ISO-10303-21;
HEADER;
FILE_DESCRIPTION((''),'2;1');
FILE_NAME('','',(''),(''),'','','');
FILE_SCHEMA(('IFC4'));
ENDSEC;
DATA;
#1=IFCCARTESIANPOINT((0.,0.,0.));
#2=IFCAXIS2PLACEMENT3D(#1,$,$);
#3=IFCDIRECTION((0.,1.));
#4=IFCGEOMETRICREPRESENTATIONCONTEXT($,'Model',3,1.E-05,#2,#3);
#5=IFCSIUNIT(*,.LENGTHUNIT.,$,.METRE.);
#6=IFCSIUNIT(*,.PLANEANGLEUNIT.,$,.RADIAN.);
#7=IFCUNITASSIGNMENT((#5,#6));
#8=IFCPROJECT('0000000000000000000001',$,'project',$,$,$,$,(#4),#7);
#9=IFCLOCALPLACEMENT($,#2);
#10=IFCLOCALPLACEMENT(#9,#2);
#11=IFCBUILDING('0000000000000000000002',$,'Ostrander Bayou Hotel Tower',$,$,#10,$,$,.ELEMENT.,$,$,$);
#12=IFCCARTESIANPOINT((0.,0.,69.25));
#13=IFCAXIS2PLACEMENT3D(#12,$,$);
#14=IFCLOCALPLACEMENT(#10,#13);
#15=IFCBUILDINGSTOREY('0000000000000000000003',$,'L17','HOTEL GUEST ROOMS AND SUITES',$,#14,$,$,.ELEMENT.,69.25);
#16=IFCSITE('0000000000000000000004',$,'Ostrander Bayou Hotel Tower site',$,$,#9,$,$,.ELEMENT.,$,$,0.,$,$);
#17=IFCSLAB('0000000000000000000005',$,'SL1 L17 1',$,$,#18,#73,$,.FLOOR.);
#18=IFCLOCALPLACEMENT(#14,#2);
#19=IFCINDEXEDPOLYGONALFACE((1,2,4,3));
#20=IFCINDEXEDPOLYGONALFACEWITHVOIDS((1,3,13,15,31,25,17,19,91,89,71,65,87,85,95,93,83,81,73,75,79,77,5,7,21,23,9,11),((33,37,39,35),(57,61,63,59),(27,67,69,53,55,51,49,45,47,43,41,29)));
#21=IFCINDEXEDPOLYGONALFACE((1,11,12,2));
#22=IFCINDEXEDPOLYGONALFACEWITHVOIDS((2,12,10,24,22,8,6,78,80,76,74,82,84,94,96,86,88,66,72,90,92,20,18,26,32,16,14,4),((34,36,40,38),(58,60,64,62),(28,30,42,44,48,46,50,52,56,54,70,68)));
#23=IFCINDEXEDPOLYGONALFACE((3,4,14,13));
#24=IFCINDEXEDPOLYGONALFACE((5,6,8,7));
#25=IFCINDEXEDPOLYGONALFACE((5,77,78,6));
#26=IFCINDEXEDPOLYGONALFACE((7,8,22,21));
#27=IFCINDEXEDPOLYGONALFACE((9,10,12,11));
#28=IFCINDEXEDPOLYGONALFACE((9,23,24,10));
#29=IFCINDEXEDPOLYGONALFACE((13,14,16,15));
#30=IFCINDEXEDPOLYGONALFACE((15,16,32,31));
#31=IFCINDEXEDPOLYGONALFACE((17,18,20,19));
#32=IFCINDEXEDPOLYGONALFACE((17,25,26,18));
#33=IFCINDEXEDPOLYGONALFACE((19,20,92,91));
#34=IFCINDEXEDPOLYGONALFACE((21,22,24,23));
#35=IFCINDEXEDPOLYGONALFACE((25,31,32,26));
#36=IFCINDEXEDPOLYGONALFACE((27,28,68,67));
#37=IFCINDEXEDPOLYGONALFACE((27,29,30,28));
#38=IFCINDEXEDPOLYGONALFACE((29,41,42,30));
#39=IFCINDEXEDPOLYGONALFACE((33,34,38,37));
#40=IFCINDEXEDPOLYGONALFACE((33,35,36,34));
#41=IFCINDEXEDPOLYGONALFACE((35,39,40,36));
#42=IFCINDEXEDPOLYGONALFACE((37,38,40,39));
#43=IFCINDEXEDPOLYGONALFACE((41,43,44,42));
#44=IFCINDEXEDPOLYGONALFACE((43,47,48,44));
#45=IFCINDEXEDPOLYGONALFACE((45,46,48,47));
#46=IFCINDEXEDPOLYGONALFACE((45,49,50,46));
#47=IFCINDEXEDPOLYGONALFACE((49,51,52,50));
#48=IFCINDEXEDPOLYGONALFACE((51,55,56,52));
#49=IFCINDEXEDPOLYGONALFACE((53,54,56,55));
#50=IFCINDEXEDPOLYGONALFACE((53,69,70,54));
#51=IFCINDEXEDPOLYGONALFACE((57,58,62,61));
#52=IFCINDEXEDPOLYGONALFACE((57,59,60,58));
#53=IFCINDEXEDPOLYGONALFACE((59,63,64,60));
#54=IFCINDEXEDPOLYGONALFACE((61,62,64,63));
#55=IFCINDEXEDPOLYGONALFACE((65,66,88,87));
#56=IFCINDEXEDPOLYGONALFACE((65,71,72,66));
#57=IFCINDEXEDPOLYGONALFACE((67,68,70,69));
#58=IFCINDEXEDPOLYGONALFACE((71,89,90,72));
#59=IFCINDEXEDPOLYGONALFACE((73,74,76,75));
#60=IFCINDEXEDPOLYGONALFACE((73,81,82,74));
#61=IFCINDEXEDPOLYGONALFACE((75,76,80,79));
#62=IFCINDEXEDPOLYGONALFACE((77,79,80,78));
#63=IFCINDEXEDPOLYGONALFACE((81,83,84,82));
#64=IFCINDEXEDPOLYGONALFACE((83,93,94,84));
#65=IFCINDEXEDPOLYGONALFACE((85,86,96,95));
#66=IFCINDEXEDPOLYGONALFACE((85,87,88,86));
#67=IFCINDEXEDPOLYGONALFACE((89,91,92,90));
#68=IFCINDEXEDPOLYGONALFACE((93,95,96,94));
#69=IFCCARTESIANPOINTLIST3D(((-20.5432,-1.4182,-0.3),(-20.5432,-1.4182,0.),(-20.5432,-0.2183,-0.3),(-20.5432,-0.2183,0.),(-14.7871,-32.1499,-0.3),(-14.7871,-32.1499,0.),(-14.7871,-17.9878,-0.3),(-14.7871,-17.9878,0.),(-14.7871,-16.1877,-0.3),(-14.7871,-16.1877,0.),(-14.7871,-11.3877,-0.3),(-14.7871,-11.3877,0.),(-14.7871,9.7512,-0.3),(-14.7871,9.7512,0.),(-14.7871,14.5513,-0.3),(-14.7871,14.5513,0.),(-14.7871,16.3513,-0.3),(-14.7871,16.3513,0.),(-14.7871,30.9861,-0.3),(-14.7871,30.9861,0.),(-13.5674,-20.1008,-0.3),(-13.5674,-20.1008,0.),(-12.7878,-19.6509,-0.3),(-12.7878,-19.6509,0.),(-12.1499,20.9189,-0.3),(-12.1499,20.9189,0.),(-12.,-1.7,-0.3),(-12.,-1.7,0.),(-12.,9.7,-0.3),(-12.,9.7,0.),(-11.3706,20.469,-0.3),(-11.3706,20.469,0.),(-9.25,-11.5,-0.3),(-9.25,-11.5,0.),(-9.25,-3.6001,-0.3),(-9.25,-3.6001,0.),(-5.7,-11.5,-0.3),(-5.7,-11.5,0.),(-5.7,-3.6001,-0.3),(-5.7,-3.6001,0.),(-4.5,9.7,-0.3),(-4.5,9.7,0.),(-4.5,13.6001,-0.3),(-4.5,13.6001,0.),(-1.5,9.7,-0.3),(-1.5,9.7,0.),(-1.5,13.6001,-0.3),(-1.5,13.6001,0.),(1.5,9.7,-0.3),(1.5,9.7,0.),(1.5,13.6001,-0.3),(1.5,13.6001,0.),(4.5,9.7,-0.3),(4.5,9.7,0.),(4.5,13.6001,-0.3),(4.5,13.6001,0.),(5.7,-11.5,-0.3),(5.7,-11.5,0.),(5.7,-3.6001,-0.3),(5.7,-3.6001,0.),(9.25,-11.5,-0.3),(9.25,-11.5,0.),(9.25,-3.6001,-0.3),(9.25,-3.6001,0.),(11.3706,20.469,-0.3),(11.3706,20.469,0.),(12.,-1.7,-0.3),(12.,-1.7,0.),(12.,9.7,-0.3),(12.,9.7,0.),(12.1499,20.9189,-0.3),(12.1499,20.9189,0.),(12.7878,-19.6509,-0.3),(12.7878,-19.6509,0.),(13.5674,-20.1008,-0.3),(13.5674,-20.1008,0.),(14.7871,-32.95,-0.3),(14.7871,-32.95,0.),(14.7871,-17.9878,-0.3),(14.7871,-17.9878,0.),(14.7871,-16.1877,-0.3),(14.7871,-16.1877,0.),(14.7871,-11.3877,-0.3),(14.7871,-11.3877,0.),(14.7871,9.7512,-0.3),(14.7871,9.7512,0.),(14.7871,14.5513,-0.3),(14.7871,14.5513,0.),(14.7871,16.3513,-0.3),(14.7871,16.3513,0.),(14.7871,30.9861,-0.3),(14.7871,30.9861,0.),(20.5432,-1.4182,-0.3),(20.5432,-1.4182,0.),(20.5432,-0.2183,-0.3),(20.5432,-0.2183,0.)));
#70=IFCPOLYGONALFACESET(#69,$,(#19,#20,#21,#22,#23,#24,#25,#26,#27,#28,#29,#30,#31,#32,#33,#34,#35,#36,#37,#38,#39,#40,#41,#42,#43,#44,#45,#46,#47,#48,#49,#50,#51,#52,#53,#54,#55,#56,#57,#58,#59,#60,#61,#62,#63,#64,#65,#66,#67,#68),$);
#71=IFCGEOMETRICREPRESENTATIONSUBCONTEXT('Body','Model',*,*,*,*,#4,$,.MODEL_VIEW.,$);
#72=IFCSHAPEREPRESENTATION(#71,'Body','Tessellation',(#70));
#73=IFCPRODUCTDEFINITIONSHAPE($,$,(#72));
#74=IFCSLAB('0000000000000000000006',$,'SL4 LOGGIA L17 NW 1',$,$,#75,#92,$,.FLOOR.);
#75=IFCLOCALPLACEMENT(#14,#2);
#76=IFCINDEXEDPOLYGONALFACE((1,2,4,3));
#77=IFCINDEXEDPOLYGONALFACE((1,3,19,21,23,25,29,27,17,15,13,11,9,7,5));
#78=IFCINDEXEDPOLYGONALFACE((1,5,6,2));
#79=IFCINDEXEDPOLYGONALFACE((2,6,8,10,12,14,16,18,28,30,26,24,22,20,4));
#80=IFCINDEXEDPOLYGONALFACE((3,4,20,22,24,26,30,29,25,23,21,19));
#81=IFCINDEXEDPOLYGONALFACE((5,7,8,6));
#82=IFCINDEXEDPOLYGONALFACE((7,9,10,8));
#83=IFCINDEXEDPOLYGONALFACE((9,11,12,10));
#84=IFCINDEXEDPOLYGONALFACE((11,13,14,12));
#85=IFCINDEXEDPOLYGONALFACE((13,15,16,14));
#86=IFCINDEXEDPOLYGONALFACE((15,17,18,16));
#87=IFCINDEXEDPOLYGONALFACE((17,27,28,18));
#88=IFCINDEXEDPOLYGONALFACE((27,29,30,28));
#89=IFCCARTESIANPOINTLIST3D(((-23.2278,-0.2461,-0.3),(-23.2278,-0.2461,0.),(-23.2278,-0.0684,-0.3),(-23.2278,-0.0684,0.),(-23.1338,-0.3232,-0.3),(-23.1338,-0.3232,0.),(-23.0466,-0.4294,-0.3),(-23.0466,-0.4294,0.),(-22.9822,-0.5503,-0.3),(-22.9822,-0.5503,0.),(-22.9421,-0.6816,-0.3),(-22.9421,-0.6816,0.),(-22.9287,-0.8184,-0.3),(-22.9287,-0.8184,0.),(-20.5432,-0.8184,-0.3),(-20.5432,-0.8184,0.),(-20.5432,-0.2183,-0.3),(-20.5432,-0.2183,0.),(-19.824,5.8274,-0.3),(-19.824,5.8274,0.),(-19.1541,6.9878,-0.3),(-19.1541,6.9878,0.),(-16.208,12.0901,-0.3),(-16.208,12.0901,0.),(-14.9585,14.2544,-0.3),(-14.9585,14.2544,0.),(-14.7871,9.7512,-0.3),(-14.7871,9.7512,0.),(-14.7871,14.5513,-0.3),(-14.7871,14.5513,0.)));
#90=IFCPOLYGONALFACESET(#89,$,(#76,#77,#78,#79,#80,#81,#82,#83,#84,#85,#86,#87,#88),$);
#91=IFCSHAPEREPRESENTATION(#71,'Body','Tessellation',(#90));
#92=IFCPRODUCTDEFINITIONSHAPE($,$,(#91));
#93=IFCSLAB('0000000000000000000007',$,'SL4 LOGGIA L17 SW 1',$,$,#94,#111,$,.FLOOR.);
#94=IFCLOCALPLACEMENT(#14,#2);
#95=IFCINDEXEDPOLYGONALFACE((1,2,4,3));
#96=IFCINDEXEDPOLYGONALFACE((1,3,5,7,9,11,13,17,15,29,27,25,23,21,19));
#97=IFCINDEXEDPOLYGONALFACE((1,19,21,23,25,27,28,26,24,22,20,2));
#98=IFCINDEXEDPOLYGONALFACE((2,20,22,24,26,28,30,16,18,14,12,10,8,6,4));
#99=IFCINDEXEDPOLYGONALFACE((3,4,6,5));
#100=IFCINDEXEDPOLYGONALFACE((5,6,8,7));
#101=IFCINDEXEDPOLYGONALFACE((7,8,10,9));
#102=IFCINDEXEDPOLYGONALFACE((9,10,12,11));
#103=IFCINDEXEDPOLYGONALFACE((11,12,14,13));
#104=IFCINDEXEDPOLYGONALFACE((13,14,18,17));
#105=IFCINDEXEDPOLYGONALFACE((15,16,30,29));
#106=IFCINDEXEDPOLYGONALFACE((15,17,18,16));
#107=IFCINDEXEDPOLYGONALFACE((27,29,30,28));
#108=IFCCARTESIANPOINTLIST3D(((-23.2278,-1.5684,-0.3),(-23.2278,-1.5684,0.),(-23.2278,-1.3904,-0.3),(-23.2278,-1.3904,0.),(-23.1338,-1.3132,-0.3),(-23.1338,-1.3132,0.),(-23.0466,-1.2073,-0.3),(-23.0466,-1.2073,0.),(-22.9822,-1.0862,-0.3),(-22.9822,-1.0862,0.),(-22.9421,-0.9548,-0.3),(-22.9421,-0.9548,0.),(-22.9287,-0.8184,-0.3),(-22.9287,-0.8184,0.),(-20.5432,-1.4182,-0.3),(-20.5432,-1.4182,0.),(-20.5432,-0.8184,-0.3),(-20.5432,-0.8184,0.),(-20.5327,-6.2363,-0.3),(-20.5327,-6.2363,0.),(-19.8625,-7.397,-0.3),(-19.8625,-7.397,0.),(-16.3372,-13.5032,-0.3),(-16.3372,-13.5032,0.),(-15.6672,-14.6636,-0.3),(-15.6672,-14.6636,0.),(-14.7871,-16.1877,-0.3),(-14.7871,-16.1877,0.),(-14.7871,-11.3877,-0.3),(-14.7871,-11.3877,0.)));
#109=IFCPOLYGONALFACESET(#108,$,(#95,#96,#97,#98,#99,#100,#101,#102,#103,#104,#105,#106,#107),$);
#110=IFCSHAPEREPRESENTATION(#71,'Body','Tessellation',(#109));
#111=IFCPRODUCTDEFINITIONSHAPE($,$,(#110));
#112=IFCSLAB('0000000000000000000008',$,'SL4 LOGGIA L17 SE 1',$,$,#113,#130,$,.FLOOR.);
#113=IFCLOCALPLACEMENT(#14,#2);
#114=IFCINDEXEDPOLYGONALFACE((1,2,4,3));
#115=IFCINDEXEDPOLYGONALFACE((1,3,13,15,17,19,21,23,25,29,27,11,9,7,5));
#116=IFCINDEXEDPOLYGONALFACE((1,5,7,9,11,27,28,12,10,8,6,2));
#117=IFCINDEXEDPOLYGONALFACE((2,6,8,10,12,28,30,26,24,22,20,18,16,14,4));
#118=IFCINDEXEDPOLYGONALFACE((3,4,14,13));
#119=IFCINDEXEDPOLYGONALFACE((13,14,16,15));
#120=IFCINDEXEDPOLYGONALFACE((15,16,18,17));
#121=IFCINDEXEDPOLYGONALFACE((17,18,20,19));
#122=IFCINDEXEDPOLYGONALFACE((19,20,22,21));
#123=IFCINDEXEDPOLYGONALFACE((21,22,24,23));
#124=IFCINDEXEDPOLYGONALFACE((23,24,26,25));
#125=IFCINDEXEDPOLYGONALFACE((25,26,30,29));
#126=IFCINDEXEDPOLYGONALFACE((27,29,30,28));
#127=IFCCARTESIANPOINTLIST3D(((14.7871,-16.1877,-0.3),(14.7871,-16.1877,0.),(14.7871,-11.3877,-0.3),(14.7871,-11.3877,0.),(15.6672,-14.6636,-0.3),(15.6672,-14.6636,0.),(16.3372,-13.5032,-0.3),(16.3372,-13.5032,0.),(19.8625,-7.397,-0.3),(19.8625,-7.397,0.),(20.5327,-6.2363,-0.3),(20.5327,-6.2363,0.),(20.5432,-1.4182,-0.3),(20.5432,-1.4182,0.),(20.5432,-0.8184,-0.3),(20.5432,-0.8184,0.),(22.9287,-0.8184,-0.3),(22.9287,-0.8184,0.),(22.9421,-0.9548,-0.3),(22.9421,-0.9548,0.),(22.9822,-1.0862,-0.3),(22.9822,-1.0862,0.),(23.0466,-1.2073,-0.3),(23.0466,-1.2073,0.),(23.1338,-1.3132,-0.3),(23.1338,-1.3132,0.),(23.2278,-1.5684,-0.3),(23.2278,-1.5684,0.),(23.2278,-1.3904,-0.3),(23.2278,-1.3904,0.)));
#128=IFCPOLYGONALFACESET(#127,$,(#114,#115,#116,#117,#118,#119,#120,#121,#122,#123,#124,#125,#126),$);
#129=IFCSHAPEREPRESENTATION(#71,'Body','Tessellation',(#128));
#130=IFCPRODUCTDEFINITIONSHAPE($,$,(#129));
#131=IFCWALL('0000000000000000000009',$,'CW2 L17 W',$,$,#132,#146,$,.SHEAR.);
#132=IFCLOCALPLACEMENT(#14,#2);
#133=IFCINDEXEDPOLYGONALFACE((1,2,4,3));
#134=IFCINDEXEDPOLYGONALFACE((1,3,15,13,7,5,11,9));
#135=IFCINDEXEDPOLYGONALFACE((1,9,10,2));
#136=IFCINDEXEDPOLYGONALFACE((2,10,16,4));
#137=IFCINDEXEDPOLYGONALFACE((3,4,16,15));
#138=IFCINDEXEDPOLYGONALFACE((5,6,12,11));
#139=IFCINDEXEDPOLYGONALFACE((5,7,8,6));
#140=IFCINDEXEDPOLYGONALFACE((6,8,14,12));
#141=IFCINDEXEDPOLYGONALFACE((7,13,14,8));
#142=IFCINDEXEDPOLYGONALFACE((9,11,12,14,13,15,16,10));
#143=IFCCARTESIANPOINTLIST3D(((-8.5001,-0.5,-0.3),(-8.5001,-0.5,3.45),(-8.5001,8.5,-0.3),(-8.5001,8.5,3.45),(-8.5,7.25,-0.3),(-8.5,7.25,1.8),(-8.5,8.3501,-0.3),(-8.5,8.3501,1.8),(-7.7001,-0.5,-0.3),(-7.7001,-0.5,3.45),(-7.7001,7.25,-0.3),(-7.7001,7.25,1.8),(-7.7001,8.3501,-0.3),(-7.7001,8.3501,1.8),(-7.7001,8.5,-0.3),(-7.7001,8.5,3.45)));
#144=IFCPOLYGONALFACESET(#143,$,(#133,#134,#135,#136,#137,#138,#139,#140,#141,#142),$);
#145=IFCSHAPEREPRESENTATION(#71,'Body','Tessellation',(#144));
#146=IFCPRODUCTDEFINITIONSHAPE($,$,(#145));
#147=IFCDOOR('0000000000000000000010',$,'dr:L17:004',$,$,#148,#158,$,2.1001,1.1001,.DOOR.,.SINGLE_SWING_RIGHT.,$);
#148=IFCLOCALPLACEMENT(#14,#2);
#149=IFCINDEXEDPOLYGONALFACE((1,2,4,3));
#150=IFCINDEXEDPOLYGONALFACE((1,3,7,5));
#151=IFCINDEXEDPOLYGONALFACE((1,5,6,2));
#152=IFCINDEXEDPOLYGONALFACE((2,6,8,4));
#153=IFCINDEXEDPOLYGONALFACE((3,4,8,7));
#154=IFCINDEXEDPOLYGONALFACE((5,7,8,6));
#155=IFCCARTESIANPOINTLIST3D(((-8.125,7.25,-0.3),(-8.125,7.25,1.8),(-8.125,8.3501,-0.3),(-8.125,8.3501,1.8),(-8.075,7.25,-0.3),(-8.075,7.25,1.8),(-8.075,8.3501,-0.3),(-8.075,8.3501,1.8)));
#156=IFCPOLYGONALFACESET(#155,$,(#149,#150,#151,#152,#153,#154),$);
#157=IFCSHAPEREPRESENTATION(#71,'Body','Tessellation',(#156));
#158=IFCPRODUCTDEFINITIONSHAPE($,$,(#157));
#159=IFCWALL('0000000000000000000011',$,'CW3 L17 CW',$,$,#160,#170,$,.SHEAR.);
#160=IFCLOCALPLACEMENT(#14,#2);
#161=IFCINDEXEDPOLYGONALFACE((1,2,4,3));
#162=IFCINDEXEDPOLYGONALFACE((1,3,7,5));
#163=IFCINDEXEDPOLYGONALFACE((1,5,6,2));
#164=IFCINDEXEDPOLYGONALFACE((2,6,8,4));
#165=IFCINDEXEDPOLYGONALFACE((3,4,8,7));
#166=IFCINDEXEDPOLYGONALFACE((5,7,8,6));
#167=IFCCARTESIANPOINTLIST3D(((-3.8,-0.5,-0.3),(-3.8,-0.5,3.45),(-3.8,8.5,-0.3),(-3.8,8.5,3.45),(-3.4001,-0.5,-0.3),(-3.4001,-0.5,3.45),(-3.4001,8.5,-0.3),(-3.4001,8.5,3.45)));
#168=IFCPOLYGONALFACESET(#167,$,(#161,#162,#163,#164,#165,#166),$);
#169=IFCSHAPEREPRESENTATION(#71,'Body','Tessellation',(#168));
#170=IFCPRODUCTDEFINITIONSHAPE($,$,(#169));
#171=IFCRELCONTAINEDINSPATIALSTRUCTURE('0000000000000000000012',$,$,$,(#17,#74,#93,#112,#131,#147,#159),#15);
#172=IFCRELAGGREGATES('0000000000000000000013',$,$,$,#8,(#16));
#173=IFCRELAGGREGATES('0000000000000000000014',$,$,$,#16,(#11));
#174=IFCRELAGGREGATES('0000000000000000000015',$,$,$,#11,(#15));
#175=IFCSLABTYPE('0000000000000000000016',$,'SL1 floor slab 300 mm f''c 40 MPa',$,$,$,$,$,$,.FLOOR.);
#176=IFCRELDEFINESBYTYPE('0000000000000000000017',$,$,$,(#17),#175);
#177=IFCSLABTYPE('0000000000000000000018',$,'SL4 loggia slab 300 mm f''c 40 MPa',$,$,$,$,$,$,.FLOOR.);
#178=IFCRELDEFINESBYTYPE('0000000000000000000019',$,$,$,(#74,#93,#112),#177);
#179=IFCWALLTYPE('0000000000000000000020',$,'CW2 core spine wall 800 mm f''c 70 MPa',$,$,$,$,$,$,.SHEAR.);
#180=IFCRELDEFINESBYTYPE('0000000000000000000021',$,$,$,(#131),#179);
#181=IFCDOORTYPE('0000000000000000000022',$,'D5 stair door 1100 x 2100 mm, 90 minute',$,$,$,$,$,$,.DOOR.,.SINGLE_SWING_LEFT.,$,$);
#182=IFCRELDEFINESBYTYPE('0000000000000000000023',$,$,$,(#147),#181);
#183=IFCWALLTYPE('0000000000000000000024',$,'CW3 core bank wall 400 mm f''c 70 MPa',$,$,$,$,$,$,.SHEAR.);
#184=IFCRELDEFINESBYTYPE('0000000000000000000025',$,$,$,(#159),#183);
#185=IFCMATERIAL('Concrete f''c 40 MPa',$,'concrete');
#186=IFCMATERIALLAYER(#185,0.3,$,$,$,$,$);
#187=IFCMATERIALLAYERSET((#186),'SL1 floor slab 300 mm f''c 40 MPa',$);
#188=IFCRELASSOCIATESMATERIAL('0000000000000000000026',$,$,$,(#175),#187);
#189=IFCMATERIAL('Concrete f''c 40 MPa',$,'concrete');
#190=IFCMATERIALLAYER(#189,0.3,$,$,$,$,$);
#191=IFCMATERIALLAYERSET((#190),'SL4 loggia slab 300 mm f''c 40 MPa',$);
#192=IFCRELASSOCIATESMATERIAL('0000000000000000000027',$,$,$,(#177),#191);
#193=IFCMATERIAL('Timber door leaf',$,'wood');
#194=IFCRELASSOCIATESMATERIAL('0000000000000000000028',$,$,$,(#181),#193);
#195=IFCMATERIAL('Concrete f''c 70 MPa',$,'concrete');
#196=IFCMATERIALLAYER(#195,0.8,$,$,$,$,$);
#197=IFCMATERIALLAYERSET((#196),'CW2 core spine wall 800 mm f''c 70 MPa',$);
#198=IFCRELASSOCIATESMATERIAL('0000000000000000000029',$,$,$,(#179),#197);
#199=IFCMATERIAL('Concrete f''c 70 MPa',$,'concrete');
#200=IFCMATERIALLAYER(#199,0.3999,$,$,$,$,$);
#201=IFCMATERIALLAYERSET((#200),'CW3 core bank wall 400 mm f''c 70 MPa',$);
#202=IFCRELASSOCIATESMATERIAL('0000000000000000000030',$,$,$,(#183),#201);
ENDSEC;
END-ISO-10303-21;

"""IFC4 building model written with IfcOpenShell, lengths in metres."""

from ifc_helpers import new_model, si_unit, direction, frame, frame_2d, origin, place, context, subcontext, project, spatial, polyline, rectangle, outline, extrude, material, layer, layer_set, type_object, element, fill, save


model = new_model("IFC4")

# Units and contexts
model_context = context("Model", 3, precision=1e-05, world=origin(), true_north=direction((0.0, 1.0)))
body_context = subcontext(model_context, "Body", "Model", "MODEL_VIEW")
ifc_project = project(units=[si_unit("LENGTHUNIT", "METRE"), si_unit("PLANEANGLEUNIT", "RADIAN")], contexts=[model_context])

# Site, building, storey
site_placement = place(None, origin())
site = spatial("IfcSite", under=ifc_project, at=site_placement, Name="Ostrander Bayou Hotel Tower site", CompositionType="ELEMENT", RefElevation=0.0)
building_placement = place(site_placement, origin())
building = spatial("IfcBuilding", under=site, at=building_placement, Name="Ostrander Bayou Hotel Tower", CompositionType="ELEMENT")
storey_placement = place(building_placement, frame((0.0, 0.0, 69.25)))
storey = spatial("IfcBuildingStorey", under=building, at=storey_placement, Name="L17", Description="HOTEL GUEST ROOMS AND SUITES", CompositionType="ELEMENT", Elevation=69.25)

# Slabs
ifc_material_1 = material(Name="Concrete f'c 40 MPa", Category="concrete")
ifc_layer_1 = layer(ifc_material_1, 0.3)
ifc_layer_set_1 = layer_set([ifc_layer_1], Name="SL1 floor slab 300 mm f'c 40 MPa")
slab_type_1 = type_object("IfcSlabType", Name="SL1 floor slab 300 mm f'c 40 MPa", PredefinedType="FLOOR", material=ifc_layer_set_1)
slab_1_placement = place(storey_placement, frame((0.0, 0.0, -0.3)))
element("IfcSlab", 1, at=slab_1_placement, inside=storey, type_object=slab_type_1, Name="SL1 L17 1", PredefinedType="FLOOR", context=body_context, shape_type="SweptSolid", body=[
    extrude(outline(polyline([(-13.5674, -20.1008), (-12.7878, -19.6509), (-14.7871, -16.1877), (-14.7871, -11.3877), (-20.5432, -1.4182), (-20.5432, -0.2183), (-14.7871, 9.7512), (-14.7871, 14.5513), (-11.3706, 20.469), (-12.1499, 20.9189), (-14.7871, 16.3513), (-14.7871, 30.9861), (14.7871, 30.9861), (14.7871, 16.3513), (12.1499, 20.9189), (11.3706, 20.469), (14.7871, 14.5513), (14.7871, 9.7512), (20.5432, -0.2183), (20.5432, -1.4182), (14.7871, -11.3877), (14.7871, -16.1877), (12.7878, -19.6509), (13.5674, -20.1008), (14.7871, -17.9878), (14.7871, -32.95), (-14.7871, -32.1499), (-14.7871, -17.9878), (-13.5674, -20.1008)]), holes=[polyline([(-12.0, -1.7), (12.0, -1.7), (12.0, 9.7), (4.5, 9.7), (4.5, 13.6001), (1.5, 13.6001), (1.5, 9.7), (-1.5, 9.7), (-1.5, 13.6001), (-4.5, 13.6001), (-4.5, 9.7), (-12.0, 9.7), (-12.0, -1.7)]), polyline([(9.25, -3.6001), (5.7, -3.6001), (5.7, -11.5), (9.25, -11.5), (9.25, -3.6001)]), polyline([(-5.7, -3.6001), (-9.25, -3.6001), (-9.25, -11.5), (-5.7, -11.5), (-5.7, -3.6001)])]), origin(), (0.0, 0.0, 1.0), 0.3),
])
ifc_material_2 = material(Name="Concrete f'c 40 MPa", Category="concrete")
ifc_layer_2 = layer(ifc_material_2, 0.3)
ifc_layer_set_2 = layer_set([ifc_layer_2], Name="SL4 loggia slab 300 mm f'c 40 MPa")
slab_type_2 = type_object("IfcSlabType", Name="SL4 loggia slab 300 mm f'c 40 MPa", PredefinedType="FLOOR", material=ifc_layer_set_2)
slab_2_placement = place(storey_placement, frame((0.0, 0.0, -0.3)))
element("IfcSlab", 2, at=slab_2_placement, inside=storey, type_object=slab_type_2, Name="SL4 LOGGIA L17 NW 1", PredefinedType="FLOOR", context=body_context, shape_type="SweptSolid", body=[
    extrude(outline(polyline([(-14.9585, 14.2544), (-14.7871, 14.5513), (-14.7871, 9.7512), (-20.5432, -0.2183), (-20.5432, -0.8184), (-22.9287, -0.8184), (-22.9421, -0.6816), (-22.9822, -0.5503), (-23.0466, -0.4294), (-23.1338, -0.3232), (-23.2278, -0.2461), (-23.2278, -0.0684), (-19.824, 5.8274), (-19.1541, 6.9878), (-16.208, 12.0901), (-14.9585, 14.2544)])), origin(), (0.0, 0.0, 1.0), 0.3),
])
slab_3_placement = place(storey_placement, frame((0.0, 0.0, -0.3)))
element("IfcSlab", 3, at=slab_3_placement, inside=storey, type_object=slab_type_2, Name="SL4 LOGGIA L17 SW 1", PredefinedType="FLOOR", context=body_context, shape_type="SweptSolid", body=[
    extrude(outline(polyline([(-14.7871, -16.1877), (-15.6672, -14.6636), (-16.3372, -13.5032), (-19.8625, -7.397), (-20.5327, -6.2363), (-23.2278, -1.5684), (-23.2278, -1.3904), (-23.1338, -1.3132), (-23.0466, -1.2073), (-22.9822, -1.0862), (-22.9421, -0.9548), (-22.9287, -0.8184), (-20.5432, -0.8184), (-20.5432, -1.4182), (-14.7871, -11.3877), (-14.7871, -16.1877)])), origin(), (0.0, 0.0, 1.0), 0.3),
])
slab_4_placement = place(storey_placement, frame((0.0, 0.0, -0.3)))
element("IfcSlab", 4, at=slab_4_placement, inside=storey, type_object=slab_type_2, Name="SL4 LOGGIA L17 SE 1", PredefinedType="FLOOR", context=body_context, shape_type="SweptSolid", body=[
    extrude(outline(polyline([(16.3372, -13.5032), (15.6672, -14.6636), (14.7871, -16.1877), (14.7871, -11.3877), (20.5432, -1.4182), (20.5432, -0.8184), (22.9287, -0.8184), (22.9421, -0.9548), (22.9822, -1.0862), (23.0466, -1.2073), (23.1338, -1.3132), (23.2278, -1.3904), (23.2278, -1.5684), (20.5327, -6.2363), (19.8625, -7.397), (16.3372, -13.5032)])), origin(), (0.0, 0.0, 1.0), 0.3),
])

# Shared definitions
ifc_material_3 = material(Name="Timber door leaf", Category="wood")
door_type_1 = type_object("IfcDoorType", Name="D5 stair door 1100 x 2100 mm, 90 minute", OperationType="SINGLE_SWING_LEFT", PredefinedType="DOOR", material=ifc_material_3)

# Wall, opening, door
ifc_material_4 = material(Name="Concrete f'c 70 MPa", Category="concrete")
ifc_layer_3 = layer(ifc_material_4, 0.8)
ifc_layer_set_3 = layer_set([ifc_layer_3], Name="CW2 core spine wall 800 mm f'c 70 MPa")
wall_type_1 = type_object("IfcWallType", Name="CW2 core spine wall 800 mm f'c 70 MPa", PredefinedType="SHEAR", material=ifc_layer_set_3)
wall_1_placement = place(storey_placement, frame((-8.1001, -0.5, -0.3), z_axis=(0.0, 0.0, 1.0), x_axis=(0.0, 1.0, 0.0)))
wall_1 = element("IfcWall", 5, at=wall_1_placement, inside=storey, type_object=wall_type_1, Name="CW2 L17 W", PredefinedType="SHEAR", context=body_context, shape_type="SweptSolid", body=[
    extrude(rectangle(XDim=9.0, YDim=0.8, at=frame_2d((4.5, 0.0))), origin(), (0.0, 0.0, 1.0), 3.75),
])
opening_1_placement = place(wall_1_placement, frame((7.75, 0.0, 0.0)))
opening_1 = element("IfcOpeningElement", 6, at=opening_1_placement, cuts=wall_1, PredefinedType="OPENING", context=body_context, shape_type="SweptSolid", body=[
    extrude(rectangle(XDim=1.1001, YDim=2.1001, at=frame_2d((0.55, 1.05))), frame((0.0, 0.3999, 0.0), z_axis=(0.0, -1.0, 0.0), x_axis=(1.0, 0.0, 0.0)), (0.0, 0.0, 1.0), 0.8),
])
door_1_placement = place(opening_1_placement, origin())
door_1 = element("IfcDoor", 7, at=door_1_placement, inside=storey, type_object=door_type_1, Name="dr:L17:004", OperationType="SINGLE_SWING_RIGHT", OverallHeight=2.1001, OverallWidth=1.1001, PredefinedType="DOOR", context=body_context, shape_type="SweptSolid", body=[
    extrude(rectangle(XDim=1.1001, YDim=2.1001, at=frame_2d((0.55, 1.05))), frame((0.0, 0.0249, 0.0), z_axis=(0.0, -1.0, 0.0), x_axis=(1.0, 0.0, 0.0)), (0.0, 0.0, 1.0), 0.05),
])
fill(opening_1, door_1)

# Wall
ifc_material_5 = material(Name="Concrete f'c 70 MPa", Category="concrete")
ifc_layer_4 = layer(ifc_material_5, 0.3999)
ifc_layer_set_4 = layer_set([ifc_layer_4], Name="CW3 core bank wall 400 mm f'c 70 MPa")
wall_type_2 = type_object("IfcWallType", Name="CW3 core bank wall 400 mm f'c 70 MPa", PredefinedType="SHEAR", material=ifc_layer_set_4)
wall_2_placement = place(storey_placement, frame((-3.6001, -0.5, -0.3), z_axis=(0.0, 0.0, 1.0), x_axis=(0.0, 1.0, 0.0)))
element("IfcWall", 8, at=wall_2_placement, inside=storey, type_object=wall_type_2, Name="CW3 L17 CW", PredefinedType="SHEAR", context=body_context, shape_type="SweptSolid", body=[
    extrude(rectangle(XDim=9.0, YDim=0.3999, at=frame_2d((4.5, 0.0))), origin(), (0.0, 0.0, 1.0), 3.75),
])

save(model, "model.ifc")
